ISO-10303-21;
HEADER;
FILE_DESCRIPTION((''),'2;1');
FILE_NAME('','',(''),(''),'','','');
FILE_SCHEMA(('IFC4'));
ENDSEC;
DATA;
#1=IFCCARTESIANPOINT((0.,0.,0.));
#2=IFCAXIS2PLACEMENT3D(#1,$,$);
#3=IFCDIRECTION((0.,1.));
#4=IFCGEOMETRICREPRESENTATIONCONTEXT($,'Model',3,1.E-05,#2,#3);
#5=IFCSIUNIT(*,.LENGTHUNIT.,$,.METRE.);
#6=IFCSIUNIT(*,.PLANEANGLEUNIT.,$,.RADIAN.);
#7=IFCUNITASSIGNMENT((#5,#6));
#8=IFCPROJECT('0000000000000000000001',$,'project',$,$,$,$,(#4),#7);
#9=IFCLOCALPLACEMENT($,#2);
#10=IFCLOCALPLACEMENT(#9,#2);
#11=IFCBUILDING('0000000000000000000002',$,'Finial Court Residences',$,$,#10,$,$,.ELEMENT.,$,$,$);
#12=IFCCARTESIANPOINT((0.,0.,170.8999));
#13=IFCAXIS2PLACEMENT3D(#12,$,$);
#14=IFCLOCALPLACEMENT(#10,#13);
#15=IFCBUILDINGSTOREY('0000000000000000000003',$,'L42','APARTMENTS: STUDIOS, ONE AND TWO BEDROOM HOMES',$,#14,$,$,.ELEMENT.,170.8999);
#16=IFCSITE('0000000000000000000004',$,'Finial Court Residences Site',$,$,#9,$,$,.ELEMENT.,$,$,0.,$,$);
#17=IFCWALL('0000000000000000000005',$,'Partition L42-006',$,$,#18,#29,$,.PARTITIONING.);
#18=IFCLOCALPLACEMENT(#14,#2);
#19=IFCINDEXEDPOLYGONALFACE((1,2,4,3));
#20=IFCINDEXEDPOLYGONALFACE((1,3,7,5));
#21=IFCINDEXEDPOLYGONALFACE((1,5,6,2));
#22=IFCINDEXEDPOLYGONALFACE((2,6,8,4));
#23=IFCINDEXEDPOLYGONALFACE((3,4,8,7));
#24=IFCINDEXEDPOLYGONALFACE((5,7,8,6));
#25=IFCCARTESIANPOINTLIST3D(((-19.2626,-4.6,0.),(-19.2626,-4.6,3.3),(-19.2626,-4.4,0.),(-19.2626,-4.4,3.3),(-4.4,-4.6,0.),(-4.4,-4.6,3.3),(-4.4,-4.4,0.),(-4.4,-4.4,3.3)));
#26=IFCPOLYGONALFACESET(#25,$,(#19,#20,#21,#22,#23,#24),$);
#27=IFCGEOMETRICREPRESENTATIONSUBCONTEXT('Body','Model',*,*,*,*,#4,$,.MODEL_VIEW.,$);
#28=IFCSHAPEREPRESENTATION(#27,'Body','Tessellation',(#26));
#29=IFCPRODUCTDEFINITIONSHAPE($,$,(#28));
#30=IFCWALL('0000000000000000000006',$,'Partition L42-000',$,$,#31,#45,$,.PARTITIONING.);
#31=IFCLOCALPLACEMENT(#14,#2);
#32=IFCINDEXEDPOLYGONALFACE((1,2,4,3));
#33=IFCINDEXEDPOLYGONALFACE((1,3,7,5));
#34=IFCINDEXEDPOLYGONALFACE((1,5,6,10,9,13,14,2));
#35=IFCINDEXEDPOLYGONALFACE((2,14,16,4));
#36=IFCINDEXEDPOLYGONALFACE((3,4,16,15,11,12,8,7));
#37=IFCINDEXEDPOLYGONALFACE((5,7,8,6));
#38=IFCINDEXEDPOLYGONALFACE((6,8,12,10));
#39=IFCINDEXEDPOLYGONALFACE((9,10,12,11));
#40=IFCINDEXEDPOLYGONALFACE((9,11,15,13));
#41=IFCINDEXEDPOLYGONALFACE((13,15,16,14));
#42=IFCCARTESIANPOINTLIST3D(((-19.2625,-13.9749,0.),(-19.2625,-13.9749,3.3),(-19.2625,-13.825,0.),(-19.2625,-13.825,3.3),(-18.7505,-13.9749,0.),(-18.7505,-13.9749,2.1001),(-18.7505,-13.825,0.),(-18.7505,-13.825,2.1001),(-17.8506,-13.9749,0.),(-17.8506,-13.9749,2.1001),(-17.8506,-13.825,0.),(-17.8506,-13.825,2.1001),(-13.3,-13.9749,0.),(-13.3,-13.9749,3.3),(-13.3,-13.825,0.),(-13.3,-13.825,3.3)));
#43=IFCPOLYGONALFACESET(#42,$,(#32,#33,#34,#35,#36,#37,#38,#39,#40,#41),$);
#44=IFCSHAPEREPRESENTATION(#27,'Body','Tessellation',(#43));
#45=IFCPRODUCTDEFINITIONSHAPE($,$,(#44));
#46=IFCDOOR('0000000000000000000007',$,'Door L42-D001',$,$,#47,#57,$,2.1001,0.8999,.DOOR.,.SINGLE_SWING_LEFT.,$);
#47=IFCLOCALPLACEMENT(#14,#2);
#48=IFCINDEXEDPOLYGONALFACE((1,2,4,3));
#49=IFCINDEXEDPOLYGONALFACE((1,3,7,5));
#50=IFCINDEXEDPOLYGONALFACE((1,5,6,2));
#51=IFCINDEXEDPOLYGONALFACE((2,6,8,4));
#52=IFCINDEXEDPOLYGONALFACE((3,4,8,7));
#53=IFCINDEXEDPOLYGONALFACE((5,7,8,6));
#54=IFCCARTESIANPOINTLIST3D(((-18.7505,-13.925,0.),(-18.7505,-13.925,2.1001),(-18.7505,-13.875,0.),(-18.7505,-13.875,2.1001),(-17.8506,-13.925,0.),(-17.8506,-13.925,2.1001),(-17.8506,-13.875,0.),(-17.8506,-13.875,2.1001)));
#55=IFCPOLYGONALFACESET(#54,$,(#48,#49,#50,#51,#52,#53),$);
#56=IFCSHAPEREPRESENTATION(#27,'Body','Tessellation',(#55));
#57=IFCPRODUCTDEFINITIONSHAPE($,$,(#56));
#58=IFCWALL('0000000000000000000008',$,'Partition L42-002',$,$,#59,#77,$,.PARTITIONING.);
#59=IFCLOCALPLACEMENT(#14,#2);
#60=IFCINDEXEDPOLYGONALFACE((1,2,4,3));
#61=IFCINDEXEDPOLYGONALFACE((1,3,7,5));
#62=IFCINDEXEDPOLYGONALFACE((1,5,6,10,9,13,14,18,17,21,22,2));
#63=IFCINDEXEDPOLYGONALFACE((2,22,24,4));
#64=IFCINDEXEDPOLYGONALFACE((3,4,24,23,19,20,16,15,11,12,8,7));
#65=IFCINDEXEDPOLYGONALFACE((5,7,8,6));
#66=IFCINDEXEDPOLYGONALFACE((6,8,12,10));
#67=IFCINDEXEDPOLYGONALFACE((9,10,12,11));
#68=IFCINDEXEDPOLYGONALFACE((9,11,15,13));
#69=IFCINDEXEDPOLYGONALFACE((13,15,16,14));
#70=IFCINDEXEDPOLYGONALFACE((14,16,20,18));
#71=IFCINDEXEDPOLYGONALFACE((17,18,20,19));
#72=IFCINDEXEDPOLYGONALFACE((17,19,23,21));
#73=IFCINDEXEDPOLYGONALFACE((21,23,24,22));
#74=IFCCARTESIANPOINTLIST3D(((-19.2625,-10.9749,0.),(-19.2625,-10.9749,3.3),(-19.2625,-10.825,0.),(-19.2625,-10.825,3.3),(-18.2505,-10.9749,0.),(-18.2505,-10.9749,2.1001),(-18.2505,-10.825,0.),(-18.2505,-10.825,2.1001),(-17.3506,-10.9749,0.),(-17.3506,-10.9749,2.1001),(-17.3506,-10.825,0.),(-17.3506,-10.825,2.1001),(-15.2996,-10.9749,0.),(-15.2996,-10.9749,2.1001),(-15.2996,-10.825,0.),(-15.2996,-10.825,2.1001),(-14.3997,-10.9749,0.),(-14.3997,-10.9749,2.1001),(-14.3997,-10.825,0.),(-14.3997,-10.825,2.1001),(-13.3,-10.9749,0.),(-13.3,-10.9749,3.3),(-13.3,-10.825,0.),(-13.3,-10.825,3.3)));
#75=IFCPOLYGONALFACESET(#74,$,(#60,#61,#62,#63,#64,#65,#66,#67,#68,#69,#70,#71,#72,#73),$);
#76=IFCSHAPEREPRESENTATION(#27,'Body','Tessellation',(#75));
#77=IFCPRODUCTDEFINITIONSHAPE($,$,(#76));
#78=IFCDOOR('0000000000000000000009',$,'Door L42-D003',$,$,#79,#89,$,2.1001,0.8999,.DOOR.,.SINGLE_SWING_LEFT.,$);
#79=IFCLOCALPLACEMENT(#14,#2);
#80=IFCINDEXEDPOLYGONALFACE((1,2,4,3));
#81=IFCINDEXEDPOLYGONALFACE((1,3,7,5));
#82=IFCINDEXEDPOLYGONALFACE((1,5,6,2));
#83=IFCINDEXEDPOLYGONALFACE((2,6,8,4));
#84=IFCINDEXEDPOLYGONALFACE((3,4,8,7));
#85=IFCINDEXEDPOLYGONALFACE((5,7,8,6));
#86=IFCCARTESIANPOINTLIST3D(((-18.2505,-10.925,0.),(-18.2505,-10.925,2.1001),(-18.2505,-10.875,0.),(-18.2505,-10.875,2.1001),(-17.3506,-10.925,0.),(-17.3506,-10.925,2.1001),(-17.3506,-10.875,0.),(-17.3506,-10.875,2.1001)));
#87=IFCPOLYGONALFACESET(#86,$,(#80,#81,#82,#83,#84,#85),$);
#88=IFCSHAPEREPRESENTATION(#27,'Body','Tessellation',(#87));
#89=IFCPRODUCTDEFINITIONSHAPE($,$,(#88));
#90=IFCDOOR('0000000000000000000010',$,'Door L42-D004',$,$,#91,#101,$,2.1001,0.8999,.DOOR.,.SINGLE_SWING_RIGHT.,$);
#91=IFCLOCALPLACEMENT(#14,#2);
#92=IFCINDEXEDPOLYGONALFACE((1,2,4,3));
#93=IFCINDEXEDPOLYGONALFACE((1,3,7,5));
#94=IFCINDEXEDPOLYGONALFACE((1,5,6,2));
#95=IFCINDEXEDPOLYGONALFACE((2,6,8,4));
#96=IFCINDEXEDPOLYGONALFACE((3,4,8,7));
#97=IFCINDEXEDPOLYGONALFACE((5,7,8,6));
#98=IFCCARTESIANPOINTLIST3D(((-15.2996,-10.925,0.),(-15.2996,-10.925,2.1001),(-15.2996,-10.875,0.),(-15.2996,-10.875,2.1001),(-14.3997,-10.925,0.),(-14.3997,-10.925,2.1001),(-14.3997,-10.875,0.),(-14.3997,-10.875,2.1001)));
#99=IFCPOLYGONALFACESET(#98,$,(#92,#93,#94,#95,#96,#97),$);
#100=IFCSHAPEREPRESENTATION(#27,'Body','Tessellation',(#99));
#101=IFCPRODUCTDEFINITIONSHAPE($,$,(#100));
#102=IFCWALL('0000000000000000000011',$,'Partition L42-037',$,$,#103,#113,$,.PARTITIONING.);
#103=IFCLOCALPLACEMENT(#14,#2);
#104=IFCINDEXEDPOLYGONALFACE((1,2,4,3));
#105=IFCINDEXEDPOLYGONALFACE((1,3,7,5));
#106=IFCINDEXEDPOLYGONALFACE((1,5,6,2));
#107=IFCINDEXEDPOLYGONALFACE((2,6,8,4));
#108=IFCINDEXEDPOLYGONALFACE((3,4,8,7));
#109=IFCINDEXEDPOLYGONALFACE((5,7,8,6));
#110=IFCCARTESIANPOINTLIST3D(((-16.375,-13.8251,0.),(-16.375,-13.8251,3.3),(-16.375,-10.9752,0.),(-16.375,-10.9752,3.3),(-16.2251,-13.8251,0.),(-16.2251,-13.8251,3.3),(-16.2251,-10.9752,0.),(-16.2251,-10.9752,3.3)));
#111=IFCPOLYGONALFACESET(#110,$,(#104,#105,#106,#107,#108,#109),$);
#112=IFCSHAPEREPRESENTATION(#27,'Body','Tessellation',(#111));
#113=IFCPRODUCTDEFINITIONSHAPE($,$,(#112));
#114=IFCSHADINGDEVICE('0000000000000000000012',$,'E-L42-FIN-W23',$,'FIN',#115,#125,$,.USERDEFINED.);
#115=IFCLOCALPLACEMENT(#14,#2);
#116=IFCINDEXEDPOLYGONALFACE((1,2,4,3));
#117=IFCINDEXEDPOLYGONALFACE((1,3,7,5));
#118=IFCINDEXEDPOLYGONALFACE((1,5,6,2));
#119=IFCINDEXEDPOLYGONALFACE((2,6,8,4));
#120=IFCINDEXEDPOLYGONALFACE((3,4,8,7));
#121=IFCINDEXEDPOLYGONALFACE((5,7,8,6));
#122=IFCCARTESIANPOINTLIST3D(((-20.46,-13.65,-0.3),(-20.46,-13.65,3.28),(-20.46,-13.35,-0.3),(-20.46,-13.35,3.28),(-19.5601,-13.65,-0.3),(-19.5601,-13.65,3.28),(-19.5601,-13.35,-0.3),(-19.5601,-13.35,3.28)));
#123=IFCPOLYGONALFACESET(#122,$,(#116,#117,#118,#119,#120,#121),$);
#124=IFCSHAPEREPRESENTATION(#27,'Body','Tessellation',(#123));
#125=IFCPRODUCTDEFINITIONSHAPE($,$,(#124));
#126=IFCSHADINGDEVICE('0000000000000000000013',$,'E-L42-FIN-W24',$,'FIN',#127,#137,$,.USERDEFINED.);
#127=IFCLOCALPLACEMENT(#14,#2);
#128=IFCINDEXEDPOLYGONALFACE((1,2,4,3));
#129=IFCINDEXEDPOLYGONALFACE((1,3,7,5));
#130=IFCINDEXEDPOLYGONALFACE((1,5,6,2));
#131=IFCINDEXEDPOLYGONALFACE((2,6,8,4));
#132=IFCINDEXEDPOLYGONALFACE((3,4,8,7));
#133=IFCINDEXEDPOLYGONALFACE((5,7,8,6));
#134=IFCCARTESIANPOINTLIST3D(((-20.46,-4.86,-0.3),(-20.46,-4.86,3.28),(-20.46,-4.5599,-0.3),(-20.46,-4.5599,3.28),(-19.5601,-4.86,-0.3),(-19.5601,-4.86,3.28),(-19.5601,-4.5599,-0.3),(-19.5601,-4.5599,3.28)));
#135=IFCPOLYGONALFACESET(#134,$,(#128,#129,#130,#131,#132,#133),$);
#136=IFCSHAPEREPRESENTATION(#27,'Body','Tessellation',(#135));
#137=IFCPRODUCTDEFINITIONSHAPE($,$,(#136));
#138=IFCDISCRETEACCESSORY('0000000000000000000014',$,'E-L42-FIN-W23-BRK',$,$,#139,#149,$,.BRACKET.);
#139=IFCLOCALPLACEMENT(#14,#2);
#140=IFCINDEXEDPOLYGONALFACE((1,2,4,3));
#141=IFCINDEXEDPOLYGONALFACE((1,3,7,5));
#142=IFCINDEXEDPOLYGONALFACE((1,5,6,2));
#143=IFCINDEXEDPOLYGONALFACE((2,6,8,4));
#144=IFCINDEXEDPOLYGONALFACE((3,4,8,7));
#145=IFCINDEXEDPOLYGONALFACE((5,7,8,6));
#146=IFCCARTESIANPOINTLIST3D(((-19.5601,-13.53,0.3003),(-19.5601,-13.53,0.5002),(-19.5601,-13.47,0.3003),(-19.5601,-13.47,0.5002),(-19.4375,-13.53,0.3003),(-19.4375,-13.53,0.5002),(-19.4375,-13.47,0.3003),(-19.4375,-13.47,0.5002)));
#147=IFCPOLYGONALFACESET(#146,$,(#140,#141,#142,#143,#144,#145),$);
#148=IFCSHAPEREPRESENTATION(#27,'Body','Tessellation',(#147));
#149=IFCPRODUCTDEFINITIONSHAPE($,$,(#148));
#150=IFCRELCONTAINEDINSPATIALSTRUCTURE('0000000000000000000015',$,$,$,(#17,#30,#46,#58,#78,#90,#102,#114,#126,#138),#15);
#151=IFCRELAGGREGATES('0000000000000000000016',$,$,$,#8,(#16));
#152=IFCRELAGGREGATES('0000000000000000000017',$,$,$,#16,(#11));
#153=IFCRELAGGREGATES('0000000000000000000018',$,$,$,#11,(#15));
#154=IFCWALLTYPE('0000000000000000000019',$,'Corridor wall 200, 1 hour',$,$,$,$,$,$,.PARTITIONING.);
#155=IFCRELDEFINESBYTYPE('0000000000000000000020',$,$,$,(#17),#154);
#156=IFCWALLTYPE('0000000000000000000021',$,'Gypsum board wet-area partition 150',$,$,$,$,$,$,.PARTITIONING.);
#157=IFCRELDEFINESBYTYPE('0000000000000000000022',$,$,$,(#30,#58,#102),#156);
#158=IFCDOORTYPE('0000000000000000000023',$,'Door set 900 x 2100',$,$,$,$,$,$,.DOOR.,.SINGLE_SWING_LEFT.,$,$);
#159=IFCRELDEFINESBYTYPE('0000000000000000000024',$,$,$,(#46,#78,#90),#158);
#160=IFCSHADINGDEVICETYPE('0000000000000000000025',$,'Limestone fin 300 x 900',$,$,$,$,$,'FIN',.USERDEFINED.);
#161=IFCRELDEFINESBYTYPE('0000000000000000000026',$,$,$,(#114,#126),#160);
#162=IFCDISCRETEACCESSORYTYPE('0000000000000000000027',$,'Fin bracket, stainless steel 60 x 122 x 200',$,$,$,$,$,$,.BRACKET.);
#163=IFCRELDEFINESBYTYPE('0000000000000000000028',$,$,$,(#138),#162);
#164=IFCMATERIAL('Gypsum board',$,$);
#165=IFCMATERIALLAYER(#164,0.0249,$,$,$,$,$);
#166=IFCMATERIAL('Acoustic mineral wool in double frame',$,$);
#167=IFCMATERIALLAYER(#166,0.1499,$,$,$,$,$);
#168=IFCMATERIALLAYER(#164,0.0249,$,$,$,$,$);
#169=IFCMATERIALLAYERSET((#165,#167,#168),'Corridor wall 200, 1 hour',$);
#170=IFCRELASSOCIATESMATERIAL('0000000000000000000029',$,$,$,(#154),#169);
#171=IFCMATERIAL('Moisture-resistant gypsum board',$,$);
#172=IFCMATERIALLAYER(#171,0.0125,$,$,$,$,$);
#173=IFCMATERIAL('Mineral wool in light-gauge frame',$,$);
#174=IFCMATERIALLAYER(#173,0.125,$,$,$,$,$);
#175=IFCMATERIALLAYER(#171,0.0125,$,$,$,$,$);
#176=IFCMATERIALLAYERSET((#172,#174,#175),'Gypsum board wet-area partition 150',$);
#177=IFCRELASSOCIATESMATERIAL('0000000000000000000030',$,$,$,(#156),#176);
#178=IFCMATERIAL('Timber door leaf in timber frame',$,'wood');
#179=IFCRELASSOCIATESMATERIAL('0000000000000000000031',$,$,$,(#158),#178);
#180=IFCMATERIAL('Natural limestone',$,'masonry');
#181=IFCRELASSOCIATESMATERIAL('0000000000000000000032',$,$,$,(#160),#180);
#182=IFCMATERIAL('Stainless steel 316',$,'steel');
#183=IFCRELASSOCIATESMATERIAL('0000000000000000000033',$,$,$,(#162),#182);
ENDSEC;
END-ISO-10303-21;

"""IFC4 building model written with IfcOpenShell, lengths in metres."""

from ifc_helpers import new_model, si_unit, direction, frame, frame_2d, origin, origin_2d, place, context, subcontext, project, spatial, rectangle, extrude, material, layer, layer_set, type_object, element, fill, save


model = new_model("IFC4")

# Units and contexts
model_context = context("Model", 3, precision=1e-05, world=origin(), true_north=direction((0.0, 1.0)))
body_context = subcontext(model_context, "Body", "Model", "MODEL_VIEW")
ifc_project = project(units=[si_unit("LENGTHUNIT", "METRE"), si_unit("PLANEANGLEUNIT", "RADIAN")], contexts=[model_context])

# Site, building, storey
site_placement = place(None, origin())
site = spatial("IfcSite", under=ifc_project, at=site_placement, Name="Finial Court Residences Site", CompositionType="ELEMENT", RefElevation=0.0)
building_placement = place(site_placement, origin())
building = spatial("IfcBuilding", under=site, at=building_placement, Name="Finial Court Residences", CompositionType="ELEMENT")
storey_placement = place(building_placement, frame((0.0, 0.0, 170.8999)))
storey = spatial("IfcBuildingStorey", under=building, at=storey_placement, Name="L42", Description="APARTMENTS: STUDIOS, ONE AND TWO BEDROOM HOMES", CompositionType="ELEMENT", Elevation=170.8999)

# Shared definitions
ifc_material_1 = material(Name="Gypsum board")
ifc_layer_1 = layer(ifc_material_1, 0.0249)
ifc_material_2 = material(Name="Acoustic mineral wool in double frame")
ifc_layer_2 = layer(ifc_material_2, 0.1499)
ifc_layer_3 = layer(ifc_material_1, 0.0249)
ifc_layer_set_1 = layer_set([ifc_layer_1, ifc_layer_2, ifc_layer_3], Name="Corridor wall 200, 1 hour")
wall_type_1 = type_object("IfcWallType", Name="Corridor wall 200, 1 hour", PredefinedType="PARTITIONING", material=ifc_layer_set_1)

# Wall
wall_1_placement = place(storey_placement, frame((-19.2625, -4.5, 0.0), z_axis=(0.0, 0.0, 1.0), x_axis=(1.0, 0.0, 0.0)))
element("IfcWall", 1, at=wall_1_placement, inside=storey, type_object=wall_type_1, Name="Partition L42-006", PredefinedType="PARTITIONING", context=body_context, shape_type="SweptSolid", body=[
    extrude(rectangle(XDim=14.8625, YDim=0.2, at=frame_2d((7.4312, 0.0))), origin(), (0.0, 0.0, 1.0), 3.3),
])

# Wall, opening, door
ifc_material_3 = material(Name="Moisture-resistant gypsum board")
ifc_layer_4 = layer(ifc_material_3, 0.0125)
ifc_material_4 = material(Name="Mineral wool in light-gauge frame")
ifc_layer_5 = layer(ifc_material_4, 0.125)
ifc_layer_6 = layer(ifc_material_3, 0.0125)
ifc_layer_set_2 = layer_set([ifc_layer_4, ifc_layer_5, ifc_layer_6], Name="Gypsum board wet-area partition 150")
wall_type_2 = type_object("IfcWallType", Name="Gypsum board wet-area partition 150", PredefinedType="PARTITIONING", material=ifc_layer_set_2)
wall_2_placement = place(storey_placement, frame((-19.2625, -13.8999, 0.0), z_axis=(0.0, 0.0, 1.0), x_axis=(1.0, 0.0, 0.0)))
wall_2 = element("IfcWall", 2, at=wall_2_placement, inside=storey, type_object=wall_type_2, Name="Partition L42-000", PredefinedType="PARTITIONING", context=body_context, shape_type="SweptSolid", body=[
    extrude(rectangle(XDim=5.9624, YDim=0.1499, at=frame_2d((2.9812, 0.0))), origin(), (0.0, 0.0, 1.0), 3.3),
])
opening_1_placement = place(wall_2_placement, frame((0.512, 0.0, 0.0)))
opening_1 = element("IfcOpeningElement", 3, at=opening_1_placement, cuts=wall_2, PredefinedType="OPENING", context=body_context, shape_type="SweptSolid", body=[
    extrude(rectangle(XDim=0.8999, YDim=2.1001, at=frame_2d((0.45, 1.05))), frame((0.0, 0.085, 0.0), z_axis=(0.0, -1.0, 0.0), x_axis=(1.0, 0.0, 0.0)), (0.0, 0.0, 1.0), 0.1699),
])
ifc_material_5 = material(Name="Timber door leaf in timber frame", Category="wood")
door_type_1 = type_object("IfcDoorType", Name="Door set 900 x 2100", OperationType="SINGLE_SWING_LEFT", PredefinedType="DOOR", material=ifc_material_5)
door_1_placement = place(opening_1_placement, origin())
door_1 = element("IfcDoor", 4, at=door_1_placement, inside=storey, type_object=door_type_1, Name="Door L42-D001", OperationType="SINGLE_SWING_LEFT", OverallHeight=2.1001, OverallWidth=0.8999, PredefinedType="DOOR", context=body_context, shape_type="SweptSolid", body=[
    extrude(rectangle(XDim=0.8999, YDim=2.1001, at=frame_2d((0.45, 1.05))), frame((0.0, 0.0249, 0.0), z_axis=(0.0, -1.0, 0.0), x_axis=(1.0, 0.0, 0.0)), (0.0, 0.0, 1.0), 0.05),
])
fill(opening_1, door_1)

# Wall, openings, doors
wall_3_placement = place(storey_placement, frame((-19.2625, -10.8999, 0.0), z_axis=(0.0, 0.0, 1.0), x_axis=(1.0, 0.0, 0.0)))
wall_3 = element("IfcWall", 5, at=wall_3_placement, inside=storey, type_object=wall_type_2, Name="Partition L42-002", PredefinedType="PARTITIONING", context=body_context, shape_type="SweptSolid", body=[
    extrude(rectangle(XDim=5.9624, YDim=0.1499, at=frame_2d((2.9812, 0.0))), origin(), (0.0, 0.0, 1.0), 3.3),
])
opening_2_placement = place(wall_3_placement, frame((1.012, 0.0, 0.0)))
opening_2 = element("IfcOpeningElement", 6, at=opening_2_placement, cuts=wall_3, PredefinedType="OPENING", context=body_context, shape_type="SweptSolid", body=[
    extrude(rectangle(XDim=0.8999, YDim=2.1001, at=frame_2d((0.45, 1.05))), frame((0.0, 0.085, 0.0), z_axis=(0.0, -1.0, 0.0), x_axis=(1.0, 0.0, 0.0)), (0.0, 0.0, 1.0), 0.1699),
])
opening_3_placement = place(wall_3_placement, frame((3.9629, 0.0, 0.0)))
opening_3 = element("IfcOpeningElement", 7, at=opening_3_placement, cuts=wall_3, PredefinedType="OPENING", context=body_context, shape_type="SweptSolid", body=[
    extrude(rectangle(XDim=0.8999, YDim=2.1001, at=frame_2d((0.45, 1.05))), frame((0.0, 0.085, 0.0), z_axis=(0.0, -1.0, 0.0), x_axis=(1.0, 0.0, 0.0)), (0.0, 0.0, 1.0), 0.1699),
])
door_2_placement = place(opening_2_placement, origin())
door_2 = element("IfcDoor", 8, at=door_2_placement, inside=storey, type_object=door_type_1, Name="Door L42-D003", OperationType="SINGLE_SWING_LEFT", OverallHeight=2.1001, OverallWidth=0.8999, PredefinedType="DOOR", context=body_context, shape_type="SweptSolid", body=[
    extrude(rectangle(XDim=0.8999, YDim=2.1001, at=frame_2d((0.45, 1.05))), frame((0.0, 0.0249, 0.0), z_axis=(0.0, -1.0, 0.0), x_axis=(1.0, 0.0, 0.0)), (0.0, 0.0, 1.0), 0.05),
])
fill(opening_2, door_2)
door_3_placement = place(opening_3_placement, origin())
door_3 = element("IfcDoor", 9, at=door_3_placement, inside=storey, type_object=door_type_1, Name="Door L42-D004", OperationType="SINGLE_SWING_RIGHT", OverallHeight=2.1001, OverallWidth=0.8999, PredefinedType="DOOR", context=body_context, shape_type="SweptSolid", body=[
    extrude(rectangle(XDim=0.8999, YDim=2.1001, at=frame_2d((0.45, 1.05))), frame((0.0, 0.0249, 0.0), z_axis=(0.0, -1.0, 0.0), x_axis=(1.0, 0.0, 0.0)), (0.0, 0.0, 1.0), 0.05),
])
fill(opening_3, door_3)

# Wall
wall_4_placement = place(storey_placement, frame((-16.3, -13.825, 0.0), z_axis=(0.0, 0.0, 1.0), x_axis=(0.0, 1.0, 0.0)))
element("IfcWall", 10, at=wall_4_placement, inside=storey, type_object=wall_type_2, Name="Partition L42-037", PredefinedType="PARTITIONING", context=body_context, shape_type="SweptSolid", body=[
    extrude(rectangle(XDim=2.8499, YDim=0.1499, at=frame_2d((1.4248, 0.0))), origin(), (0.0, 0.0, 1.0), 3.3),
])

# Shading devices
ifc_material_6 = material(Name="Natural limestone", Category="masonry")
shading_device_type = type_object("IfcShadingDeviceType", Name="Limestone fin 300 x 900", ElementType="FIN", PredefinedType="USERDEFINED", material=ifc_material_6)
for number, where, z_axis, x_axis, name in (
    (11, (-20.01, -13.5, -0.3), (0.0, 0.0, 1.0), (1.0, 0.0, 0.0), "E-L42-FIN-W23"),
    (12, (-20.01, -4.71, -0.3), (0.0, 0.0, 1.0), (1.0, 0.0, 0.0), "E-L42-FIN-W24"),
):
    element("IfcShadingDevice", number, at=place(storey_placement, frame(where, z_axis=z_axis, x_axis=x_axis)), inside=storey, type_object=shading_device_type, Name=name, ObjectType="FIN", PredefinedType="USERDEFINED", context=body_context, shape_type="SweptSolid", body=[
        extrude(rectangle(XDim=0.8999, YDim=0.3, at=origin_2d()), origin(), (0.0, 0.0, 1.0), 3.5801),
    ])

# Discrete accessory
ifc_material_7 = material(Name="Stainless steel 316", Category="steel")
discrete_accessory_type = type_object("IfcDiscreteAccessoryType", Name="Fin bracket, stainless steel 60 x 122 x 200", PredefinedType="BRACKET", material=ifc_material_7)
discrete_accessory_placement = place(storey_placement, frame((-19.4988, -13.5, 0.3003), z_axis=(0.0, 0.0, 1.0), x_axis=(1.0, 0.0, 0.0)))
element("IfcDiscreteAccessory", 13, at=discrete_accessory_placement, inside=storey, type_object=discrete_accessory_type, Name="E-L42-FIN-W23-BRK", PredefinedType="BRACKET", context=body_context, shape_type="SweptSolid", body=[
    extrude(rectangle(XDim=0.1226, YDim=0.0601, at=origin_2d()), origin(), (0.0, 0.0, 1.0), 0.2),
])

save(model, "model.ifc")
